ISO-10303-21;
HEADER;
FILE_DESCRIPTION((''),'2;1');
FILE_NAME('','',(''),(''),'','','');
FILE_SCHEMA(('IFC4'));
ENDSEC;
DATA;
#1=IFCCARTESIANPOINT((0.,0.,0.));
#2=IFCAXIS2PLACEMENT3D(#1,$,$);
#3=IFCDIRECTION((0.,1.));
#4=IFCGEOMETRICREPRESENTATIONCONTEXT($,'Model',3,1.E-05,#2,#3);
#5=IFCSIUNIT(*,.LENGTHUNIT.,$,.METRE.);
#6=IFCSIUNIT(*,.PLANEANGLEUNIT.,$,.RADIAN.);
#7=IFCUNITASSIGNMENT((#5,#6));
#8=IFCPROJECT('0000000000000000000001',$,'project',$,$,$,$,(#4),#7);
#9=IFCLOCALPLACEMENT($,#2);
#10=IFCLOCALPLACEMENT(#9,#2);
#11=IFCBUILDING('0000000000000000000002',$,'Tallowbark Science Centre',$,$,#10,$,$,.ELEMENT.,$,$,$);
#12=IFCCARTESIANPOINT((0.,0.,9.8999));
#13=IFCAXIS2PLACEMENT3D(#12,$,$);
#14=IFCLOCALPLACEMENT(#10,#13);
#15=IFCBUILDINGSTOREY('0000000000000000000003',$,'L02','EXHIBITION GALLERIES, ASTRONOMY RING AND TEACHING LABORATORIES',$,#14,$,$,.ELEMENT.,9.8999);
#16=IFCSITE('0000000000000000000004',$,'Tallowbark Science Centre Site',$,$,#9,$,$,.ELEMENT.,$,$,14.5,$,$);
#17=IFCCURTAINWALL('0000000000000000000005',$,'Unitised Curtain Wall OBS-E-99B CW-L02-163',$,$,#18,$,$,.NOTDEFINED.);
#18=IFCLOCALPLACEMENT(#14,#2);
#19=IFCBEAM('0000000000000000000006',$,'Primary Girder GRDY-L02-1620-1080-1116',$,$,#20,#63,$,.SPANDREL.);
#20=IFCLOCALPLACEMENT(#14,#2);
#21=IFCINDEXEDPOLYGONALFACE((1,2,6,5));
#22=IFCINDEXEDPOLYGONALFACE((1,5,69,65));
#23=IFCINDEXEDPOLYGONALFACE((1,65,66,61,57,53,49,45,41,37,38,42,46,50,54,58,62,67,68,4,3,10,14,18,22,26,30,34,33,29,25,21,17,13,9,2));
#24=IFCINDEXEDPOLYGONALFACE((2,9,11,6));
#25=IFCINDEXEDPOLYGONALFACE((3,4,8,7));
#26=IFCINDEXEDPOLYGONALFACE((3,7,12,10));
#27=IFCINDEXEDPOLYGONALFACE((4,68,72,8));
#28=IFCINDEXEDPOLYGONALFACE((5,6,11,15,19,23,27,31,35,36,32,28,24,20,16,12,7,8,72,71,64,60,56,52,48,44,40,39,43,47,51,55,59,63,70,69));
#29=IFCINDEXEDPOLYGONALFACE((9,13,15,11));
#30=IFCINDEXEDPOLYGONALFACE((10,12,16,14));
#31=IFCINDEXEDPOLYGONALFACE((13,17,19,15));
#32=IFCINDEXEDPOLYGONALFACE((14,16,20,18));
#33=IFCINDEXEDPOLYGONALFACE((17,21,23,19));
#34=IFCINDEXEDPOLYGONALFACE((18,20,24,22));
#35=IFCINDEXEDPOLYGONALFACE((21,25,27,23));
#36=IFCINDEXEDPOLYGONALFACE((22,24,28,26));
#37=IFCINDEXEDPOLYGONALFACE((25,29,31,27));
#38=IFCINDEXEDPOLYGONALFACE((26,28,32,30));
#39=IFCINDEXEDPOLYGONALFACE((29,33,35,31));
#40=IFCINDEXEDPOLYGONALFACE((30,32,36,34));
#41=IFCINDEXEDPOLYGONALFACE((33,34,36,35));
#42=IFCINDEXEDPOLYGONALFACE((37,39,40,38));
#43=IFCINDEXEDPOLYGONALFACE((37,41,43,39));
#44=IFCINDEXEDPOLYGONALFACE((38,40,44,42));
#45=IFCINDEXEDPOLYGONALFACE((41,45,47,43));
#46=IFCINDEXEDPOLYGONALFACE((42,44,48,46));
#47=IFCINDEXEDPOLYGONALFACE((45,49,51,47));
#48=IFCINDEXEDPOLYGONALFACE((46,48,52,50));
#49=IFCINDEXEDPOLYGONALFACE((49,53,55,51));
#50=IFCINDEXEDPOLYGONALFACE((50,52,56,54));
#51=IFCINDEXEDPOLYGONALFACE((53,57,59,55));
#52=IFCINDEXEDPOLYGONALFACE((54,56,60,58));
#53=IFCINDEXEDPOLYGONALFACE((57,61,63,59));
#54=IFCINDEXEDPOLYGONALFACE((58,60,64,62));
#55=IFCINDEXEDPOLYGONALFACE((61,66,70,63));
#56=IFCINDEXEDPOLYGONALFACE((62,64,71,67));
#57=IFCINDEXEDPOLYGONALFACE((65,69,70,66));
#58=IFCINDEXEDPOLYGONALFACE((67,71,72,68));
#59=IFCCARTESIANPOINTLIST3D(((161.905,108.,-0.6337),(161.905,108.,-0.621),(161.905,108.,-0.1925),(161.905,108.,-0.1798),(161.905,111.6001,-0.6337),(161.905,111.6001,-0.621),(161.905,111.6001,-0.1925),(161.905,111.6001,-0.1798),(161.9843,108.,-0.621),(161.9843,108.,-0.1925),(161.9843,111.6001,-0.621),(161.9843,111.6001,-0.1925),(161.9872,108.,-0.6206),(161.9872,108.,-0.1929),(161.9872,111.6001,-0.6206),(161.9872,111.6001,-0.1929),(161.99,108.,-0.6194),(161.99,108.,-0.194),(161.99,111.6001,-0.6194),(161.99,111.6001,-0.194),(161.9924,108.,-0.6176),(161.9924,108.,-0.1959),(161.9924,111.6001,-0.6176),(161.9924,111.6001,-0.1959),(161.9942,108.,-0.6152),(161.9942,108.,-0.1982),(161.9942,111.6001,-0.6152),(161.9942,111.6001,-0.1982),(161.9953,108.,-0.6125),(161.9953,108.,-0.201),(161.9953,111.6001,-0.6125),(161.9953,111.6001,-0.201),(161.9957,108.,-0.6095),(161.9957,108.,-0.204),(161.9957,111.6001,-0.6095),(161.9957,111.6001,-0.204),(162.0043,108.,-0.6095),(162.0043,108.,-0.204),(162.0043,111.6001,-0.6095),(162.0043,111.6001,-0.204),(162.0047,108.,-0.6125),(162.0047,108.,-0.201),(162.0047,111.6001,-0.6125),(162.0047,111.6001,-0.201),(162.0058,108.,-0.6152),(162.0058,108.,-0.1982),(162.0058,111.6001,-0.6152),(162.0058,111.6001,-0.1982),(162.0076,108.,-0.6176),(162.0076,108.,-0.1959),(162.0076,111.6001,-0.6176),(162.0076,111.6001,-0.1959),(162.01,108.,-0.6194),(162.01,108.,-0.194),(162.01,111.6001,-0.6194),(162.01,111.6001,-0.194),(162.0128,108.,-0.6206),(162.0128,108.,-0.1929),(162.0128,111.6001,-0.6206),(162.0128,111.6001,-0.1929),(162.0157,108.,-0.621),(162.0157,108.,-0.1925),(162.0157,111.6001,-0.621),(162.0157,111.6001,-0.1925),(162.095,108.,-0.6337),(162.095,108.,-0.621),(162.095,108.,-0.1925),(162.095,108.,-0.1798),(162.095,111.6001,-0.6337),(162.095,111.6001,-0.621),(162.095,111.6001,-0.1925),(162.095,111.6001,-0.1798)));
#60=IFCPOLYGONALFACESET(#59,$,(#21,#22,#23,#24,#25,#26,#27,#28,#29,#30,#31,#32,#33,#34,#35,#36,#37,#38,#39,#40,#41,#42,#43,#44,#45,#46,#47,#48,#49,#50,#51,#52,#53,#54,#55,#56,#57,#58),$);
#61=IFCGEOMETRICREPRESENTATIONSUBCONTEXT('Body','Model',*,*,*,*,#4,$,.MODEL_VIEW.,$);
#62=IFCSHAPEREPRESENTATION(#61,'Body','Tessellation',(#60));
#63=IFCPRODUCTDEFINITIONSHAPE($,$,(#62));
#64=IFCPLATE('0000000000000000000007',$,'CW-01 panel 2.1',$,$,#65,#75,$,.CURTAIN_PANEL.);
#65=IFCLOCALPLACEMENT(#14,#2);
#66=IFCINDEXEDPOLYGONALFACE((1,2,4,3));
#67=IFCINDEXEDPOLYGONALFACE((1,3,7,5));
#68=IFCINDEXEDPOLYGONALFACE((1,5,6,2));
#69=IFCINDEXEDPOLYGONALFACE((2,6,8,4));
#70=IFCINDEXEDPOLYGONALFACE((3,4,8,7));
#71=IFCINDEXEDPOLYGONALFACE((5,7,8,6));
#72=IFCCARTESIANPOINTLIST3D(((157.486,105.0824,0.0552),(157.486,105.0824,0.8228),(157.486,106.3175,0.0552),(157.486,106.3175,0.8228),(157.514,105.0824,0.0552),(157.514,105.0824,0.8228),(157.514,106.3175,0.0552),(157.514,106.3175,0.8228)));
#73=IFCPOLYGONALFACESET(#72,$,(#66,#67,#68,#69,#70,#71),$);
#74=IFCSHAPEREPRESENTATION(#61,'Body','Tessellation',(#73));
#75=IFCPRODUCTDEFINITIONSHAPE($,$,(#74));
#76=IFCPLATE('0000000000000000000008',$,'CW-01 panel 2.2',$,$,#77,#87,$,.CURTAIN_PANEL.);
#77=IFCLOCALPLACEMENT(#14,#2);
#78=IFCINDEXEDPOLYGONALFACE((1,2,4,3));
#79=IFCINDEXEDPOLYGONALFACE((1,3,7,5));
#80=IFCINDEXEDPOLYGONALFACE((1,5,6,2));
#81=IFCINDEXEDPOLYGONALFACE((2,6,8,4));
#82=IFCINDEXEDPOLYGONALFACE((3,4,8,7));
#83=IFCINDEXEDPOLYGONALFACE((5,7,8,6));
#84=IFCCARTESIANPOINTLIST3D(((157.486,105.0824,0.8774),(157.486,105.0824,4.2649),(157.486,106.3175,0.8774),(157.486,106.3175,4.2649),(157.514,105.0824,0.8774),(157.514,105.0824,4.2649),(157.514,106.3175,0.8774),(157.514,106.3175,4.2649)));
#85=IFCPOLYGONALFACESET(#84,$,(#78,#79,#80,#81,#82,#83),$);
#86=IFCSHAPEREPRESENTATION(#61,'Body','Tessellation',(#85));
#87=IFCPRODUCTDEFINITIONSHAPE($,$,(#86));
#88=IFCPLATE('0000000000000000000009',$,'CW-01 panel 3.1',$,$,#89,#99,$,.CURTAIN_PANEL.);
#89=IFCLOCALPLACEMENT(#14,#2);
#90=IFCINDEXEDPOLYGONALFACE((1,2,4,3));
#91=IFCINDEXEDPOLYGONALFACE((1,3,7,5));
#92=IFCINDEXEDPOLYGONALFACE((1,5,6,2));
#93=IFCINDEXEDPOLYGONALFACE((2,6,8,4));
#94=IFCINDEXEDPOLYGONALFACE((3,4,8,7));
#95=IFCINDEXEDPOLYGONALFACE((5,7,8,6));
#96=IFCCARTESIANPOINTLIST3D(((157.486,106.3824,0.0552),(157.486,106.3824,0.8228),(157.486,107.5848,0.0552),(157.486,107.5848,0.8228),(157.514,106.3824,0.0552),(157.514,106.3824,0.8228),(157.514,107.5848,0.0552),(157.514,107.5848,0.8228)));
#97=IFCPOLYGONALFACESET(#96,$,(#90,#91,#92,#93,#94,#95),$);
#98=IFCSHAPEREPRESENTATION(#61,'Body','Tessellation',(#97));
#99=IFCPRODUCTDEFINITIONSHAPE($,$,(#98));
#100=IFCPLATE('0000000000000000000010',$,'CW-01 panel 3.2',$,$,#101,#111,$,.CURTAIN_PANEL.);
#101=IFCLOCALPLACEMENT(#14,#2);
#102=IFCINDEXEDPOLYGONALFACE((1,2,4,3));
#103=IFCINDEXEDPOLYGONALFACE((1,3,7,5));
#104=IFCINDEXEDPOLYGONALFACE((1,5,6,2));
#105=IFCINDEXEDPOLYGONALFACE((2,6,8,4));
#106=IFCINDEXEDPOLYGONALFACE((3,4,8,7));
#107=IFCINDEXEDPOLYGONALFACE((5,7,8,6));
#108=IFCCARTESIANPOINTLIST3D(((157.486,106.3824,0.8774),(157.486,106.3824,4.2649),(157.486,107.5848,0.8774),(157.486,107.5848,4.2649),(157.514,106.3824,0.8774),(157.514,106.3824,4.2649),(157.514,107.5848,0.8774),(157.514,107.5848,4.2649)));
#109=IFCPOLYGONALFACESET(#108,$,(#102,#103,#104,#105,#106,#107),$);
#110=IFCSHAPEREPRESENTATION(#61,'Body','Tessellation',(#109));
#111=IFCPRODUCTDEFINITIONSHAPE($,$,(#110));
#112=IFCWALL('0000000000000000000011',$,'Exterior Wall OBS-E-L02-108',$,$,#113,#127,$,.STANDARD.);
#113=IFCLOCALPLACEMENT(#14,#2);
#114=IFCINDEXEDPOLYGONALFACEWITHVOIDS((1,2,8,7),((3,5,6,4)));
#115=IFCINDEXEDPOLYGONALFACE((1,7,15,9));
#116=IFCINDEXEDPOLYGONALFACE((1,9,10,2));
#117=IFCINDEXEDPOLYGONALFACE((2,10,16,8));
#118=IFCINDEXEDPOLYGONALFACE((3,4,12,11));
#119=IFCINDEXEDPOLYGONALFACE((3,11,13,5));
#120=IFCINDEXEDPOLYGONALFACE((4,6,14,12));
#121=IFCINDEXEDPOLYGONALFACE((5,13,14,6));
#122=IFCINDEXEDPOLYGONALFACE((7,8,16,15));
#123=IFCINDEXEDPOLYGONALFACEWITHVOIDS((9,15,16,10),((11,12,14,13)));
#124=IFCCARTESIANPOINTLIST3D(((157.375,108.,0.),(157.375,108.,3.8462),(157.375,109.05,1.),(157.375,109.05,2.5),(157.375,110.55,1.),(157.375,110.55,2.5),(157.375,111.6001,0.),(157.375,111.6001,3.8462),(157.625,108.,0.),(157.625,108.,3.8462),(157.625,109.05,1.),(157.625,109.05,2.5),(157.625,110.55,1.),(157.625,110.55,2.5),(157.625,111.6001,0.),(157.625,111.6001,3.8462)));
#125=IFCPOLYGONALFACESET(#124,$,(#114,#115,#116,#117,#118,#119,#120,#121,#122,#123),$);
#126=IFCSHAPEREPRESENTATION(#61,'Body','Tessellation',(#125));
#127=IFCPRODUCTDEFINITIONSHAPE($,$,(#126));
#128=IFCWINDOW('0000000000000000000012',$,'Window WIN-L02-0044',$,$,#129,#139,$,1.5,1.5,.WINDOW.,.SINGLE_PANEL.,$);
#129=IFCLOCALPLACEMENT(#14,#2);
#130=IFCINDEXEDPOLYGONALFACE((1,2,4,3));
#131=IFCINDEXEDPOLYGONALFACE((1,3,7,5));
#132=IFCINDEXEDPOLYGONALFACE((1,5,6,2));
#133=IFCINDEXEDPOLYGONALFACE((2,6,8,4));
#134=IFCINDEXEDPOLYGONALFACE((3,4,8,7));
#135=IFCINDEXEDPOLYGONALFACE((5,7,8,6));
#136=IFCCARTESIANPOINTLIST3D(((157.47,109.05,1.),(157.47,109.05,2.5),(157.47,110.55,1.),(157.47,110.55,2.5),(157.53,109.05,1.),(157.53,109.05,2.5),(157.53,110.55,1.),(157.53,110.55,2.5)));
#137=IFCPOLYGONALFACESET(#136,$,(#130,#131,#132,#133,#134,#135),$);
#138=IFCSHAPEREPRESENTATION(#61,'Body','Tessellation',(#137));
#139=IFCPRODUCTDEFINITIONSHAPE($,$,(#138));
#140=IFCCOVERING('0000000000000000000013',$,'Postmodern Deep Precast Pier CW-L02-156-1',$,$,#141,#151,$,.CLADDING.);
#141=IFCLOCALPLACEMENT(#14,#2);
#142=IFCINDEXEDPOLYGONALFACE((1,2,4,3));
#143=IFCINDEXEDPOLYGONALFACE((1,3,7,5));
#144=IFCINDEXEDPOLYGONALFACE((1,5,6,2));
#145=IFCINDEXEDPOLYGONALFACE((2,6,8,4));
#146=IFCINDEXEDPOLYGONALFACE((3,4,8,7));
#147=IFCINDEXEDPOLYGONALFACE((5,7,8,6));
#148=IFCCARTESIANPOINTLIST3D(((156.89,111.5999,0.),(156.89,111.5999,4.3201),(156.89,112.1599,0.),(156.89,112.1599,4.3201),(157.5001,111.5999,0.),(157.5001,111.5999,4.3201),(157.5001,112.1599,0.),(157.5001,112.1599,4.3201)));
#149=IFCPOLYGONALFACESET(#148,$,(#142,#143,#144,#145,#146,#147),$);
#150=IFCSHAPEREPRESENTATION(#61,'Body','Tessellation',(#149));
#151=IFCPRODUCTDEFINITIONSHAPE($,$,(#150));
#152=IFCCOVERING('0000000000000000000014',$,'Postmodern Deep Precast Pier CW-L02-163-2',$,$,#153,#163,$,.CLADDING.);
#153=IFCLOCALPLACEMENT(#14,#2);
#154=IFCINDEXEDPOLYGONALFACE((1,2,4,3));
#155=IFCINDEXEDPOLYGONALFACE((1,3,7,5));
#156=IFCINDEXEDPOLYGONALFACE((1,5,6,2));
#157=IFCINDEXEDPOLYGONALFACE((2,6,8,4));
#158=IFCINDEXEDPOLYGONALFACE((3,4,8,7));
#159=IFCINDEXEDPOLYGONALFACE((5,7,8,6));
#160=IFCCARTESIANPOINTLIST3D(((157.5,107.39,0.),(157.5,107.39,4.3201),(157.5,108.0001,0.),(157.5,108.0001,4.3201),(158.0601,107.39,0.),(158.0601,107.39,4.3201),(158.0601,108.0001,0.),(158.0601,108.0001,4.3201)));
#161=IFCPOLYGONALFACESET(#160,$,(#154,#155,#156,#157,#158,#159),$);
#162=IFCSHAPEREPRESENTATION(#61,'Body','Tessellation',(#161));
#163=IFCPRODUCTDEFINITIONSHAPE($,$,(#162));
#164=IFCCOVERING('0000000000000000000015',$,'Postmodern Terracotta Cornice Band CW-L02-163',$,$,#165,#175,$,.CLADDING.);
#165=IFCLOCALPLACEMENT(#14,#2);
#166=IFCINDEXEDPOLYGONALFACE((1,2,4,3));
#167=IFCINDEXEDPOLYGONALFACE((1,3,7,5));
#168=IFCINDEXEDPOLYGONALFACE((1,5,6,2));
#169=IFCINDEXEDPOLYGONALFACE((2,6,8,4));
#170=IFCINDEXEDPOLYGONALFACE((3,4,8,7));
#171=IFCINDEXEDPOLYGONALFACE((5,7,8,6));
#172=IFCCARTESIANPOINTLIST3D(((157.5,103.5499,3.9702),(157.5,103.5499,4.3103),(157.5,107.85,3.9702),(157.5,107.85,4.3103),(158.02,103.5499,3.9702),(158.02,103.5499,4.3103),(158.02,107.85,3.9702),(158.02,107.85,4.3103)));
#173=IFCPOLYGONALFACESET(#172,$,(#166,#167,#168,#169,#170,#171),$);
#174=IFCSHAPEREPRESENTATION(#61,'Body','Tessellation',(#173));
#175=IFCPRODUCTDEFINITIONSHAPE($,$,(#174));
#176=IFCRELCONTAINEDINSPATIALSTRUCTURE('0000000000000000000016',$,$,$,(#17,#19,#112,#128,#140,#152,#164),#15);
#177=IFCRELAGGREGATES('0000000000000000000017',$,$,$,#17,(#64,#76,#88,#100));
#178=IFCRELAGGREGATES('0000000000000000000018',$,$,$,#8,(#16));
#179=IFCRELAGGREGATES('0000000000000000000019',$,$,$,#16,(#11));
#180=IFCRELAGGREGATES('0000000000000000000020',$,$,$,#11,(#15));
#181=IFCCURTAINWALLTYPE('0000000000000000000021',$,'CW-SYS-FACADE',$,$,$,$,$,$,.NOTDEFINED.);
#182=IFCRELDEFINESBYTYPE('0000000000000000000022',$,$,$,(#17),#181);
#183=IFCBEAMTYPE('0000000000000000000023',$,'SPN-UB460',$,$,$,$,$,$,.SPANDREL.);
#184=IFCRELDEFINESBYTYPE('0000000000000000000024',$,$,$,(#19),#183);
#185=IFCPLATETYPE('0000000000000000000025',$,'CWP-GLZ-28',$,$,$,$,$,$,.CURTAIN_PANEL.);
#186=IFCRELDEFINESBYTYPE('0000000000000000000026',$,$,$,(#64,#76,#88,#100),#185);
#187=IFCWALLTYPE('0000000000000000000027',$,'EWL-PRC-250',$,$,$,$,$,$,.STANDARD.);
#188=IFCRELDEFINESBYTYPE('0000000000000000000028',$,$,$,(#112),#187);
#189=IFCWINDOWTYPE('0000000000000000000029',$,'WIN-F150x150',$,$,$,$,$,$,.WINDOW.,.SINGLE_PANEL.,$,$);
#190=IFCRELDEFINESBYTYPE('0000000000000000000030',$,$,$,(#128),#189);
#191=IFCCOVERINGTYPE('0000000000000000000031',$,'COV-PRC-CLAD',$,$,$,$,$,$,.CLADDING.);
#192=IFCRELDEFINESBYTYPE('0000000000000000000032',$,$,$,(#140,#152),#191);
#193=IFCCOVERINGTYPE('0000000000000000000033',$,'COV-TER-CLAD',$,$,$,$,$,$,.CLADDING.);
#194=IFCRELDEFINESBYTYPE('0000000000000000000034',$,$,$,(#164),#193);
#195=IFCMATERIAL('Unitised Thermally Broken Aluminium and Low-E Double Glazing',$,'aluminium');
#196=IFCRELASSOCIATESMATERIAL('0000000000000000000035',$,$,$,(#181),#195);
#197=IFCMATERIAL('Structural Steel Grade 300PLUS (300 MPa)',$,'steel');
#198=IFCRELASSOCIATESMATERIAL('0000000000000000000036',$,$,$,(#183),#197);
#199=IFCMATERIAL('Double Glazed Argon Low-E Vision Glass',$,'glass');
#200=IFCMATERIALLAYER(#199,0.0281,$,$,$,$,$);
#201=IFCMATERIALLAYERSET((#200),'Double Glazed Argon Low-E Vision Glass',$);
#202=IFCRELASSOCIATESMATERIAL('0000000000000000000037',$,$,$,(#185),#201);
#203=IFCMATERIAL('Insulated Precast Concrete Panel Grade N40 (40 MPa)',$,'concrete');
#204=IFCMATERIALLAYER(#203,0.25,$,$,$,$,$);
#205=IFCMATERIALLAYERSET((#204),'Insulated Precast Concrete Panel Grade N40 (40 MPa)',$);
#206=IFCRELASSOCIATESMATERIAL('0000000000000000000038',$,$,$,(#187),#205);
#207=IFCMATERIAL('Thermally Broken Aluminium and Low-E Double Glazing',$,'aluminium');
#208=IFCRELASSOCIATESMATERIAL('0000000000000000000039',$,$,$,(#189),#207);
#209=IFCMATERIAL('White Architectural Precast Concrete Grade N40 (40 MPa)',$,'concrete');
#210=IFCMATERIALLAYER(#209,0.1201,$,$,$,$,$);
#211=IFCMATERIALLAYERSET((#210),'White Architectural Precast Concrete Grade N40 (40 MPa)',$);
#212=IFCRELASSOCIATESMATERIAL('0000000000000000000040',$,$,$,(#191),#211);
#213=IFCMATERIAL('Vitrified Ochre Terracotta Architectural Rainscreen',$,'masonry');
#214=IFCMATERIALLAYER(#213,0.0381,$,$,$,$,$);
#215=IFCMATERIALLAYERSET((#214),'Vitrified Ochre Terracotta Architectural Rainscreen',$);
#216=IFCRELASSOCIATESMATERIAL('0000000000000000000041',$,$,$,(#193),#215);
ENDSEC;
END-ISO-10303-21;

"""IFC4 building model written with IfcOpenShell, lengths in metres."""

from ifc_helpers import new_model, si_unit, direction, frame, frame_2d, origin, origin_2d, place, context, subcontext, project, spatial, rectangle, i_section, extrude, material, layer, layer_set, material_profile, profile_set, type_object, element, fill, aggregate, save


model = new_model("IFC4")

# Units and contexts
model_context = context("Model", 3, precision=1e-05, world=origin(), true_north=direction((0.0, 1.0)))
body_context = subcontext(model_context, "Body", "Model", "MODEL_VIEW")
ifc_project = project(units=[si_unit("LENGTHUNIT", "METRE"), si_unit("PLANEANGLEUNIT", "RADIAN")], contexts=[model_context])

# Site, building, storey
site_placement = place(None, origin())
site = spatial("IfcSite", under=ifc_project, at=site_placement, Name="Tallowbark Science Centre Site", CompositionType="ELEMENT", RefElevation=14.5)
building_placement = place(site_placement, origin())
building = spatial("IfcBuilding", under=site, at=building_placement, Name="Tallowbark Science Centre", CompositionType="ELEMENT")
storey_placement = place(building_placement, frame((0.0, 0.0, 9.8999)))
storey = spatial("IfcBuildingStorey", under=building, at=storey_placement, Name="L02", Description="EXHIBITION GALLERIES, ASTRONOMY RING AND TEACHING LABORATORIES", CompositionType="ELEMENT", Elevation=9.8999)

# Shared definitions
ifc_material_1 = material(Name="Structural Steel Grade 300PLUS (300 MPa)", Category="steel")

# Curtain wall
ifc_material_2 = material(Name="Unitised Thermally Broken Aluminium and Low-E Double Glazing", Category="aluminium")
curtain_wall_type = type_object("IfcCurtainWallType", Name="CW-SYS-FACADE", PredefinedType="NOTDEFINED", material=ifc_material_2)
curtain_wall_placement = place(storey_placement, origin())
curtain_wall = element("IfcCurtainWall", 1, at=curtain_wall_placement, inside=storey, type_object=curtain_wall_type, Name="Unitised Curtain Wall OBS-E-99B CW-L02-163", PredefinedType="NOTDEFINED")

# Beam
ifc_material_profile_1 = material_profile(ifc_material_1, i_section(OverallWidth=0.1899, OverallDepth=0.4539, WebThickness=0.0085, FlangeThickness=0.0127, FilletRadius=0.0115, at=origin_2d()), Name="460UB67.1")
ifc_profile_set_1 = profile_set([ifc_material_profile_1], Name="Structural Steel Grade 300PLUS (300 MPa)")
beam_type = type_object("IfcBeamType", Name="SPN-UB460", PredefinedType="SPANDREL", material=ifc_profile_set_1)
for number, where, z_axis, x_axis, name in (
    (2, (162.0, 108.0, -0.4067), (0.0, 1.0, 0.0), (-1.0, 0.0, 0.0), "Primary Girder GRDY-L02-1620-1080-1116"),
):
    element("IfcBeam", number, at=place(storey_placement, frame(where, z_axis=z_axis, x_axis=x_axis)), inside=storey, type_object=beam_type, Name=name, PredefinedType="SPANDREL", context=body_context, shape_type="SweptSolid", body=[
        extrude(i_section(OverallWidth=0.1899, OverallDepth=0.4539, WebThickness=0.0085, FlangeThickness=0.0127, FilletRadius=0.0115, at=origin_2d()), origin(), (0.0, 0.0, 1.0), 3.6001),
    ])

# Plates
ifc_material_3 = material(Name="Double Glazed Argon Low-E Vision Glass", Category="glass")
ifc_layer_1 = layer(ifc_material_3, 0.0281)
ifc_layer_set_1 = layer_set([ifc_layer_1], Name="Double Glazed Argon Low-E Vision Glass")
plate_type = type_object("IfcPlateType", Name="CWP-GLZ-28", PredefinedType="CURTAIN_PANEL", material=ifc_layer_set_1)
plate_1_placement = place(storey_placement, frame((157.5, 105.7, 0.0552), z_axis=(0.0, 0.0, 1.0), x_axis=(0.0, 1.0, 0.0)))
plate_1 = element("IfcPlate", 3, at=plate_1_placement, type_object=plate_type, Name="CW-01 panel 2.1", PredefinedType="CURTAIN_PANEL", context=body_context, shape_type="SweptSolid", body=[
    extrude(rectangle(XDim=1.2351, YDim=0.0281, at=origin_2d()), origin(), (0.0, 0.0, 1.0), 0.7676),
])
plate_2_placement = place(storey_placement, frame((157.5, 105.7, 0.8774), z_axis=(0.0, 0.0, 1.0), x_axis=(0.0, 1.0, 0.0)))
plate_2 = element("IfcPlate", 4, at=plate_2_placement, type_object=plate_type, Name="CW-01 panel 2.2", PredefinedType="CURTAIN_PANEL", context=body_context, shape_type="SweptSolid", body=[
    extrude(rectangle(XDim=1.2351, YDim=0.0281, at=origin_2d()), origin(), (0.0, 0.0, 1.0), 3.3875),
])
plate_3_placement = place(storey_placement, frame((157.5, 106.9836, 0.0552), z_axis=(0.0, 0.0, 1.0), x_axis=(0.0, 1.0, 0.0)))
plate_3 = element("IfcPlate", 5, at=plate_3_placement, type_object=plate_type, Name="CW-01 panel 3.1", PredefinedType="CURTAIN_PANEL", context=body_context, shape_type="SweptSolid", body=[
    extrude(rectangle(XDim=1.2024, YDim=0.0281, at=origin_2d()), origin(), (0.0, 0.0, 1.0), 0.7676),
])
plate_4_placement = place(storey_placement, frame((157.5, 106.9836, 0.8774), z_axis=(0.0, 0.0, 1.0), x_axis=(0.0, 1.0, 0.0)))
plate_4 = element("IfcPlate", 6, at=plate_4_placement, type_object=plate_type, Name="CW-01 panel 3.2", PredefinedType="CURTAIN_PANEL", context=body_context, shape_type="SweptSolid", body=[
    extrude(rectangle(XDim=1.2024, YDim=0.0281, at=origin_2d()), origin(), (0.0, 0.0, 1.0), 3.3875),
])
aggregate(curtain_wall, [plate_1, plate_2, plate_3, plate_4])

# Wall, opening, window
ifc_material_4 = material(Name="Insulated Precast Concrete Panel Grade N40 (40 MPa)", Category="concrete")
ifc_layer_2 = layer(ifc_material_4, 0.25)
ifc_layer_set_2 = layer_set([ifc_layer_2], Name="Insulated Precast Concrete Panel Grade N40 (40 MPa)")
wall_type = type_object("IfcWallType", Name="EWL-PRC-250", PredefinedType="STANDARD", material=ifc_layer_set_2)
wall_placement = place(storey_placement, frame((157.5, 108.0, 0.0), z_axis=(0.0, 0.0, 1.0), x_axis=(0.0, 1.0, 0.0)))
wall = element("IfcWall", 7, at=wall_placement, inside=storey, type_object=wall_type, Name="Exterior Wall OBS-E-L02-108", PredefinedType="STANDARD", context=body_context, shape_type="SweptSolid", body=[
    extrude(rectangle(XDim=3.6001, YDim=0.25, at=frame_2d((1.8, 0.0))), origin(), (0.0, 0.0, 1.0), 3.8462),
])
opening_placement = place(wall_placement, frame((1.05, 0.0, 1.0)))
opening = element("IfcOpeningElement", 8, at=opening_placement, cuts=wall, PredefinedType="OPENING", context=body_context, shape_type="SweptSolid", body=[
    extrude(rectangle(XDim=1.5, YDim=1.5, at=frame_2d((0.75, 0.75))), frame((0.0, 0.135, 0.0), z_axis=(0.0, -1.0, 0.0), x_axis=(1.0, 0.0, 0.0)), (0.0, 0.0, 1.0), 0.27),
])
ifc_material_5 = material(Name="Thermally Broken Aluminium and Low-E Double Glazing", Category="aluminium")
window_type = type_object("IfcWindowType", Name="WIN-F150x150", PartitioningType="SINGLE_PANEL", PredefinedType="WINDOW", material=ifc_material_5)
window_placement = place(opening_placement, origin())
window = element("IfcWindow", 9, at=window_placement, inside=storey, type_object=window_type, Name="Window WIN-L02-0044", OverallHeight=1.5, OverallWidth=1.5, PartitioningType="SINGLE_PANEL", PredefinedType="WINDOW", context=body_context, shape_type="SweptSolid", body=[
    extrude(rectangle(XDim=1.5, YDim=1.5, at=frame_2d((0.75, 0.75))), frame((0.0, 0.03, 0.0), z_axis=(0.0, -1.0, 0.0), x_axis=(1.0, 0.0, 0.0)), (0.0, 0.0, 1.0), 0.0601),
])
fill(opening, window)

# Coverings
ifc_material_6 = material(Name="White Architectural Precast Concrete Grade N40 (40 MPa)", Category="concrete")
ifc_layer_3 = layer(ifc_material_6, 0.1201)
ifc_layer_set_3 = layer_set([ifc_layer_3], Name="White Architectural Precast Concrete Grade N40 (40 MPa)")
covering_type_1 = type_object("IfcCoveringType", Name="COV-PRC-CLAD", PredefinedType="CLADDING", material=ifc_layer_set_3)
for number, where, z_axis, x_axis, name in (
    (10, (157.1951, 111.8799, 0.0), (0.0, 0.0, 1.0), (-1.0, 0.0, 0.0), "Postmodern Deep Precast Pier CW-L02-156-1"),
    (11, (157.78, 107.6951, 0.0), (0.0, 0.0, 1.0), (0.0, 1.0, 0.0), "Postmodern Deep Precast Pier CW-L02-163-2"),
):
    element("IfcCovering", number, at=place(storey_placement, frame(where, z_axis=z_axis, x_axis=x_axis)), inside=storey, type_object=covering_type_1, Name=name, PredefinedType="CLADDING", context=body_context, shape_type="SweptSolid", body=[
        extrude(rectangle(XDim=0.6101, YDim=0.5601, at=origin_2d()), origin(), (0.0, 0.0, 1.0), 4.3201),
    ])
ifc_material_7 = material(Name="Vitrified Ochre Terracotta Architectural Rainscreen", Category="masonry")
ifc_layer_4 = layer(ifc_material_7, 0.0381)
ifc_layer_set_4 = layer_set([ifc_layer_4], Name="Vitrified Ochre Terracotta Architectural Rainscreen")
covering_type_2 = type_object("IfcCoveringType", Name="COV-TER-CLAD", PredefinedType="CLADDING", material=ifc_layer_set_4)
covering_placement = place(storey_placement, frame((157.76, 105.7, 3.9702), z_axis=(0.0, 0.0, 1.0), x_axis=(0.0, 1.0, 0.0)))
element("IfcCovering", 12, at=covering_placement, inside=storey, type_object=covering_type_2, Name="Postmodern Terracotta Cornice Band CW-L02-163", PredefinedType="CLADDING", context=body_context, shape_type="SweptSolid", body=[
    extrude(rectangle(XDim=4.3, YDim=0.52, at=origin_2d()), origin(), (0.0, 0.0, 1.0), 0.3401),
])

save(model, "model.ifc")
